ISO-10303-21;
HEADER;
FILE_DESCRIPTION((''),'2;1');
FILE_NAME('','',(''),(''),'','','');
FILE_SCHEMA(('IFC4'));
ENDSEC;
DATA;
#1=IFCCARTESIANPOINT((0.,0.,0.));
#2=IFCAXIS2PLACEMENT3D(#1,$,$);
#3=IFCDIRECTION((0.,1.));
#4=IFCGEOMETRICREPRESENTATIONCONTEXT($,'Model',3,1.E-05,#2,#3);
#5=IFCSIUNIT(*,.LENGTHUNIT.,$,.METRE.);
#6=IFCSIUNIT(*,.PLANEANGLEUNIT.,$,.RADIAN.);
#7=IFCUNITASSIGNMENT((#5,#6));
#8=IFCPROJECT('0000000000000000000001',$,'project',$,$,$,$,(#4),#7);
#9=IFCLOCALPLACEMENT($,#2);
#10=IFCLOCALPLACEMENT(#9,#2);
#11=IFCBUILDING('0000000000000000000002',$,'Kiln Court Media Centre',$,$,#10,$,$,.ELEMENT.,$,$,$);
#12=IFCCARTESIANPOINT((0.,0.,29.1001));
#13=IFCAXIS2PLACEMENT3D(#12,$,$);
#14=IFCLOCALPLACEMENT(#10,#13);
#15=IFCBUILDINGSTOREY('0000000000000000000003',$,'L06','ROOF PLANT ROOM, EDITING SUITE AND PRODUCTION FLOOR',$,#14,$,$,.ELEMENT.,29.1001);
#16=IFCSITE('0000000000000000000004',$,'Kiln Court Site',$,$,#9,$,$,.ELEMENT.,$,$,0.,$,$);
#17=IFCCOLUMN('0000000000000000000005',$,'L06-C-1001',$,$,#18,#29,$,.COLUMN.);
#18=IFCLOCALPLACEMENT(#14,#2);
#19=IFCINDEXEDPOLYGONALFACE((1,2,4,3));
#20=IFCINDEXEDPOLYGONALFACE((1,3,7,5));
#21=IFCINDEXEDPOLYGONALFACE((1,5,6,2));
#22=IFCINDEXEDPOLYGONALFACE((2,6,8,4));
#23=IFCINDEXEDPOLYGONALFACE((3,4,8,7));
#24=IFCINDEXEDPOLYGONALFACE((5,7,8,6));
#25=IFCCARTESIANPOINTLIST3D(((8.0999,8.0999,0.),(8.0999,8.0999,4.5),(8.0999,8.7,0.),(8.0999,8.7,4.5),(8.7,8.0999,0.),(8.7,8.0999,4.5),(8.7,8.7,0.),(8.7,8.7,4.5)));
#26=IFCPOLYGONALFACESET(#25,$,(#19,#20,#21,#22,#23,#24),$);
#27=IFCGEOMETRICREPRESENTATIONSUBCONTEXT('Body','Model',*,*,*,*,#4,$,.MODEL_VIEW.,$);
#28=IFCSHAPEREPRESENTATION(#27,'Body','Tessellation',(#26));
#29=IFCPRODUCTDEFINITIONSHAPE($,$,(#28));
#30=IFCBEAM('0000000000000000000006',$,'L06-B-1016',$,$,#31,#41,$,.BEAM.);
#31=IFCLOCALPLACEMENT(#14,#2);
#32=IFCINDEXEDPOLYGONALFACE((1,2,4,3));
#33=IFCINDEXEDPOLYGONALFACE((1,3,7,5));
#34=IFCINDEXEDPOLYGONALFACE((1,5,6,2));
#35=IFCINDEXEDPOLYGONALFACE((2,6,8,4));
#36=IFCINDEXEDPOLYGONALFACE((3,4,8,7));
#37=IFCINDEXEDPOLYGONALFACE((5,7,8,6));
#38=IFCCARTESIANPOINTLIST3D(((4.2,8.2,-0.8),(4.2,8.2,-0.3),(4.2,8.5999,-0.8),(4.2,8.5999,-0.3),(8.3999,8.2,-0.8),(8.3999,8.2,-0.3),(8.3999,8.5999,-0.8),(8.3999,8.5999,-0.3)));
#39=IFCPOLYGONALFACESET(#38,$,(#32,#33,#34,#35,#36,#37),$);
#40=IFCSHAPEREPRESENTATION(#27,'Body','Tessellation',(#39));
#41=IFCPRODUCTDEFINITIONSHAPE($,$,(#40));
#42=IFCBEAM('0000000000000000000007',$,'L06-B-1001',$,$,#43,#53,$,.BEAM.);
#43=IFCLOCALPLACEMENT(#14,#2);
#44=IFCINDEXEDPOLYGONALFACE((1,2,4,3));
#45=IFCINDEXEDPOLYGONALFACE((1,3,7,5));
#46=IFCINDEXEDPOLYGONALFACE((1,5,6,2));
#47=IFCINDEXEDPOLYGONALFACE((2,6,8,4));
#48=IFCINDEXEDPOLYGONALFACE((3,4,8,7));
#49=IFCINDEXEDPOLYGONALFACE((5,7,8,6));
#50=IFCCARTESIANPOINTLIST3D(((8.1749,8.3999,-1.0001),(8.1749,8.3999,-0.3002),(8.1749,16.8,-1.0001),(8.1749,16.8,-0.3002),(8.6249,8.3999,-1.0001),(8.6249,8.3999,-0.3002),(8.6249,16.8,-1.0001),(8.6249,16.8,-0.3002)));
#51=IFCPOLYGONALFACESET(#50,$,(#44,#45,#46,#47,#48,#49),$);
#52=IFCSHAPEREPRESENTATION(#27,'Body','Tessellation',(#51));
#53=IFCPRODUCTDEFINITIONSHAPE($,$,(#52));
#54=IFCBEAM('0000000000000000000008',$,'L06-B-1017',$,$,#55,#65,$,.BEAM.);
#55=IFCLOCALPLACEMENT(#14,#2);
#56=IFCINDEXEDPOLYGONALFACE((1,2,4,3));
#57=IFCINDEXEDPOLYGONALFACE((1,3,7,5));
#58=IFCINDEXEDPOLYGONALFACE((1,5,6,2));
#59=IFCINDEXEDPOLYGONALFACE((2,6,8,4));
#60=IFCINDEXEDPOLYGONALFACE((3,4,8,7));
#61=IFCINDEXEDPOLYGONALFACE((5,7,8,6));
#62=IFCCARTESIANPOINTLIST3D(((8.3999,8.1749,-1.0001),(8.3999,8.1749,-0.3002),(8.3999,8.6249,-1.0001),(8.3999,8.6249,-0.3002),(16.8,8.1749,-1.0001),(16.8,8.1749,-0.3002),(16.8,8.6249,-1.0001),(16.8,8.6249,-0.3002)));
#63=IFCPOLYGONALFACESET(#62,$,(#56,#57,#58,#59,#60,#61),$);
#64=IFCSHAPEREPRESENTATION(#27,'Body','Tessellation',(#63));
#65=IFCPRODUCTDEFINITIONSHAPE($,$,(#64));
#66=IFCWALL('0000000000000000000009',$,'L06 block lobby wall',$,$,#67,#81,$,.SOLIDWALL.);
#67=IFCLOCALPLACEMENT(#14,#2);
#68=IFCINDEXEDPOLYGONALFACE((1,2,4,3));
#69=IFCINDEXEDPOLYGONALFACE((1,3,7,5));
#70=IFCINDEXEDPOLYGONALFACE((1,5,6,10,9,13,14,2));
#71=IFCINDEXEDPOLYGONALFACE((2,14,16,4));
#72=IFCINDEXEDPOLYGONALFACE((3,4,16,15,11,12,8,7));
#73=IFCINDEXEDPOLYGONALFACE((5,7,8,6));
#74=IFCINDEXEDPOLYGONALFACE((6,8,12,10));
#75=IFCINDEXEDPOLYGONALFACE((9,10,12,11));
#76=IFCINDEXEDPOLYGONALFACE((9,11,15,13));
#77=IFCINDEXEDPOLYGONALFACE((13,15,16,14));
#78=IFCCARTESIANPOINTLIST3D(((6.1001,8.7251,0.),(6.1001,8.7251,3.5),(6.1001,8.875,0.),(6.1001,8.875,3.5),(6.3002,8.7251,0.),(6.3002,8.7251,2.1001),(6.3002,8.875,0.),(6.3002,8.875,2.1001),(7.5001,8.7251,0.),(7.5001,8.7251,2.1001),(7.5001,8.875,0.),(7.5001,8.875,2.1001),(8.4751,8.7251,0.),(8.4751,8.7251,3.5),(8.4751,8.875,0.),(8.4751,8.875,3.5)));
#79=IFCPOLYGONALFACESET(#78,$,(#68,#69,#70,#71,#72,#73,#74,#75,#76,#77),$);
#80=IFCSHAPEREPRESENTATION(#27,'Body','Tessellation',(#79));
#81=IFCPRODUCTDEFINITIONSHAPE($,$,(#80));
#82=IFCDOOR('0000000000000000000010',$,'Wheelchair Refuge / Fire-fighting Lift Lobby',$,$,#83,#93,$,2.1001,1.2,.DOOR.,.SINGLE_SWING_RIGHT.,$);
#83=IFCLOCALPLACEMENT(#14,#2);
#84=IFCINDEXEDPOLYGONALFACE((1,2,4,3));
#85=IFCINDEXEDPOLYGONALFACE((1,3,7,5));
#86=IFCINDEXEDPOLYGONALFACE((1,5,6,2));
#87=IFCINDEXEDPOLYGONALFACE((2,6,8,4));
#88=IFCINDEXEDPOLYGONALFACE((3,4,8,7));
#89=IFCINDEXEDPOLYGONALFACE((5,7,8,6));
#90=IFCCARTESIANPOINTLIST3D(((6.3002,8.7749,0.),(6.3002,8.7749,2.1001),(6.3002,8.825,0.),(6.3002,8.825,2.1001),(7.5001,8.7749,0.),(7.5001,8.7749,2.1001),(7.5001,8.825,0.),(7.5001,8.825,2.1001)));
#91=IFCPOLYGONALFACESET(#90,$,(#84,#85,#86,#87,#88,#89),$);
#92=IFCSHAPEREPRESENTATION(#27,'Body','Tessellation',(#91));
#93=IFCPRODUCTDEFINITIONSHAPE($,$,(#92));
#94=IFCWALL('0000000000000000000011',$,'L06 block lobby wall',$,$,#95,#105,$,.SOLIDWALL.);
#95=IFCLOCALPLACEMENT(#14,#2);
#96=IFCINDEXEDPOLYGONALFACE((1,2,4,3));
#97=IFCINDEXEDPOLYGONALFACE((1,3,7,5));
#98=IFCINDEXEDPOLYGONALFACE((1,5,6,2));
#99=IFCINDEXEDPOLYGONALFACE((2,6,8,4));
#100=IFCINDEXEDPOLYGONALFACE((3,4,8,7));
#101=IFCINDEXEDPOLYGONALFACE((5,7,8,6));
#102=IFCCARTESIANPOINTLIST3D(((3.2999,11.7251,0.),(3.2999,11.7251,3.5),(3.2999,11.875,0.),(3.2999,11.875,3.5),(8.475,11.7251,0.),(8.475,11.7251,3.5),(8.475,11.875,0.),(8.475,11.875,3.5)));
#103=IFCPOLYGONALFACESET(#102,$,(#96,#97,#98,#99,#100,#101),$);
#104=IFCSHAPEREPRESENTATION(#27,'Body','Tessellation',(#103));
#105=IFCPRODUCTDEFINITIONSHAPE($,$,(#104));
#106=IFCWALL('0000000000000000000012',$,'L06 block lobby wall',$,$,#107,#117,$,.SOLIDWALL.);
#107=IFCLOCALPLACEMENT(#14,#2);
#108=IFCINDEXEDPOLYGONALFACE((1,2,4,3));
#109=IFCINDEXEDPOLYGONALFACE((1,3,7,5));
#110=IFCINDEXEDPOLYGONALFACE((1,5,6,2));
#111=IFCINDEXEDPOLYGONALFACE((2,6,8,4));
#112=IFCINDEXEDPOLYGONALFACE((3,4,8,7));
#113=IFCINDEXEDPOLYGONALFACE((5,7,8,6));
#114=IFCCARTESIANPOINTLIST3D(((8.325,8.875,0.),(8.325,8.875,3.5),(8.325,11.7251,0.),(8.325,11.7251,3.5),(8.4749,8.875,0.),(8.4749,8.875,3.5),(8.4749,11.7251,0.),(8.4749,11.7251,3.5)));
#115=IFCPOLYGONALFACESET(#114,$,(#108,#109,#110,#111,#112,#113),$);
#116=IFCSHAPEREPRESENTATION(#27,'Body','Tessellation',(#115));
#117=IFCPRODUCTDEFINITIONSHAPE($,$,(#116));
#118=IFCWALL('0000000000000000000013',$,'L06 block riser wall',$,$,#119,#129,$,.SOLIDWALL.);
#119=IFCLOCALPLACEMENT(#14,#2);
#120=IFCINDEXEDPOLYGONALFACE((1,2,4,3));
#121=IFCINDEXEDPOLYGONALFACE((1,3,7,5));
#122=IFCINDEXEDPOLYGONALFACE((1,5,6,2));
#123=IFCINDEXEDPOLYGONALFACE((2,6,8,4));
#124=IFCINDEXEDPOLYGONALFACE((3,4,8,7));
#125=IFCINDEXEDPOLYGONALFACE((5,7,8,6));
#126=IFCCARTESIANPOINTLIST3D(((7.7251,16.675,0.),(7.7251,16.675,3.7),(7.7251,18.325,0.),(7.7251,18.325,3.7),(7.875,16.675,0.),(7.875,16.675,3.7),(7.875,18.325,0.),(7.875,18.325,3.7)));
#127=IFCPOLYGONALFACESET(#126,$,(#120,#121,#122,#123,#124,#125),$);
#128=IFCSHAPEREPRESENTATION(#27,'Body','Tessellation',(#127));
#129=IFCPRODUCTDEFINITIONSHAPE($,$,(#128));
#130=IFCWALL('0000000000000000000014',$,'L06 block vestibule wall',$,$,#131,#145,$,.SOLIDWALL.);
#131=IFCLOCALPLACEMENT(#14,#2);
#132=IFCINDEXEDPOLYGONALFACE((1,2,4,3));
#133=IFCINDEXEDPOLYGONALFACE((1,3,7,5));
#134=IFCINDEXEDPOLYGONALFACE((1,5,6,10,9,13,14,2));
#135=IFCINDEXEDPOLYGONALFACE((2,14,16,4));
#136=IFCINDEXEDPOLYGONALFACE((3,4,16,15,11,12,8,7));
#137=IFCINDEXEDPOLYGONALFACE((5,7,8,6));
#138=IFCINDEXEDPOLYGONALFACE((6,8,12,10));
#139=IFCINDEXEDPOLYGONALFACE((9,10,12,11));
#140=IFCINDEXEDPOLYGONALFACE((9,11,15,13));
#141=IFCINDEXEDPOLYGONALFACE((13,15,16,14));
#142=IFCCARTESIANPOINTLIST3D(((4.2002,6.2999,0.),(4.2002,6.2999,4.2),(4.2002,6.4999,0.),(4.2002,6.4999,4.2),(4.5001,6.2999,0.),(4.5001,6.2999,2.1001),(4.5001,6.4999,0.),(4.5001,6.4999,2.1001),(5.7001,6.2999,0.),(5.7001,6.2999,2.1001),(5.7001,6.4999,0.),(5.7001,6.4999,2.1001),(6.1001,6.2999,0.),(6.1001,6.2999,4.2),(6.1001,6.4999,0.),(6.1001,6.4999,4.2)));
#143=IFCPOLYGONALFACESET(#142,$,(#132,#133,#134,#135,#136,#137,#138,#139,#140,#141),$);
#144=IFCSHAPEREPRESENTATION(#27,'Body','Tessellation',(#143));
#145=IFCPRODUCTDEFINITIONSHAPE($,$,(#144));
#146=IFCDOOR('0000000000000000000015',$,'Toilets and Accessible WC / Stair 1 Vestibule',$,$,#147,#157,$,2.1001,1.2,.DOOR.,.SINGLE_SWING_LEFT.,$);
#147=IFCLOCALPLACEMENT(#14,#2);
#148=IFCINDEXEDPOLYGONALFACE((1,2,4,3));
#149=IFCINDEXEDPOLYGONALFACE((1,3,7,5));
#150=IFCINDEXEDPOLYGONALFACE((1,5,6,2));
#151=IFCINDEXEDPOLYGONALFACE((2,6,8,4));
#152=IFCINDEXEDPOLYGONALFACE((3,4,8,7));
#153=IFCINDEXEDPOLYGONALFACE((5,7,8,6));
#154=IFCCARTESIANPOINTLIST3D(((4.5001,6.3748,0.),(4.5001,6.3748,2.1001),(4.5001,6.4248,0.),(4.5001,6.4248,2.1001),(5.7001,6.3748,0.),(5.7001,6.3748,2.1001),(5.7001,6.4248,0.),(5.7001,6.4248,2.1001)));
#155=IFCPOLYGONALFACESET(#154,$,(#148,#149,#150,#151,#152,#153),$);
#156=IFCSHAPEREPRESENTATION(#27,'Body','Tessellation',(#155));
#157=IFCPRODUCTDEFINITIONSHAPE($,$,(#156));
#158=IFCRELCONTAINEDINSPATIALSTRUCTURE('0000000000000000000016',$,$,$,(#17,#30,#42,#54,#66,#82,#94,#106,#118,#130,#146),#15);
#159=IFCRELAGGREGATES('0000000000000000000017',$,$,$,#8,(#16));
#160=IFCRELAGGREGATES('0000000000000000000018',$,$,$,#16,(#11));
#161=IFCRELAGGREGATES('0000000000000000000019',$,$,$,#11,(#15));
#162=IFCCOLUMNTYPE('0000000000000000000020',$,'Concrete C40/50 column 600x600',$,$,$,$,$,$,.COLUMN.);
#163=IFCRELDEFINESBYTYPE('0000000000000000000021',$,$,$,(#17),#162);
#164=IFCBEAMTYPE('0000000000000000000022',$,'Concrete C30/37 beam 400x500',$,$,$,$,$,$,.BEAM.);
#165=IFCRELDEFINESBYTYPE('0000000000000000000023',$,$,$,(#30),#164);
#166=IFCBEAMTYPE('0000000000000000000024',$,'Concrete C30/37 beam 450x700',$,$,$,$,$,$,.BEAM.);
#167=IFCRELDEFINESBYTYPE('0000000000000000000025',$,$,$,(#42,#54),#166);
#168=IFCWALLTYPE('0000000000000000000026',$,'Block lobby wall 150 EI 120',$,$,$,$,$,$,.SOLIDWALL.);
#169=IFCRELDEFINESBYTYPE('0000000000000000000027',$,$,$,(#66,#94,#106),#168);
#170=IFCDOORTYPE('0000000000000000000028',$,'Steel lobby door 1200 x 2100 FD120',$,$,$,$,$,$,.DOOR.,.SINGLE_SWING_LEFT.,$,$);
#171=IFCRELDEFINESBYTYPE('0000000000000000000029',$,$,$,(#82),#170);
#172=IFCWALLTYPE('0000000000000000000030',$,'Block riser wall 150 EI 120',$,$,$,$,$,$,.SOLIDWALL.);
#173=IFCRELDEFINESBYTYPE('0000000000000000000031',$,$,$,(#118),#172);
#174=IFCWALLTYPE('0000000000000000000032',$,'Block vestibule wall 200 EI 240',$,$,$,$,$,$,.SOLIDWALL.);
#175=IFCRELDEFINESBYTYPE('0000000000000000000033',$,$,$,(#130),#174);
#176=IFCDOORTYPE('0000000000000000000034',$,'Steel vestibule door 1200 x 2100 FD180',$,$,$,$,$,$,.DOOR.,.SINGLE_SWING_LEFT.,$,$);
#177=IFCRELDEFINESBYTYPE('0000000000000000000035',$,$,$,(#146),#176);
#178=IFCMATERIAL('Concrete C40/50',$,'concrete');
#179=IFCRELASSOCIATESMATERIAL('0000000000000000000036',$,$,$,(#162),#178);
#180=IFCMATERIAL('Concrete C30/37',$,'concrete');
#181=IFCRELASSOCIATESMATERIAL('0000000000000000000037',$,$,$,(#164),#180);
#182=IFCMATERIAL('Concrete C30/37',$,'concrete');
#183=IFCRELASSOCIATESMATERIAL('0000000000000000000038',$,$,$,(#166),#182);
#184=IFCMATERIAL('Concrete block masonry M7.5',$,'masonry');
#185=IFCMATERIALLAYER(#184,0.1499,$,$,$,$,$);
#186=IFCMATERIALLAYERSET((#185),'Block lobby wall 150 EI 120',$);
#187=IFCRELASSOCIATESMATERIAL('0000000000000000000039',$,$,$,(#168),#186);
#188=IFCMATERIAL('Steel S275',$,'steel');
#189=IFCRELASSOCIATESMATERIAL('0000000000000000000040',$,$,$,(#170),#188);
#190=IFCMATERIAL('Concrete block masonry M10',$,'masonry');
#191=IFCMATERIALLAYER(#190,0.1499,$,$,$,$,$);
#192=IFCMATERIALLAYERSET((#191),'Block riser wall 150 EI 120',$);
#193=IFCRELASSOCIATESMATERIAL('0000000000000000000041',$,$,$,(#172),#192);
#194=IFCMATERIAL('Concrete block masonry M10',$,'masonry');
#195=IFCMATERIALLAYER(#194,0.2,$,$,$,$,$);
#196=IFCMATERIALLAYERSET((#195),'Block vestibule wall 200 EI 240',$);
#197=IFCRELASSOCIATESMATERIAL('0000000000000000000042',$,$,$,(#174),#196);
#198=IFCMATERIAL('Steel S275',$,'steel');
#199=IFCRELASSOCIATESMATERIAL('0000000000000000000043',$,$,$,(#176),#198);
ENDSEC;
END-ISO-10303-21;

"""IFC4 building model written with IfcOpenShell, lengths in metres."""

from ifc_helpers import new_model, si_unit, direction, frame, frame_2d, origin, origin_2d, place, context, subcontext, project, spatial, rectangle, extrude, material, layer, layer_set, material_profile, profile_set, type_object, element, fill, save


model = new_model("IFC4")

# Units and contexts
model_context = context("Model", 3, precision=1e-05, world=origin(), true_north=direction((0.0, 1.0)))
body_context = subcontext(model_context, "Body", "Model", "MODEL_VIEW")
ifc_project = project(units=[si_unit("LENGTHUNIT", "METRE"), si_unit("PLANEANGLEUNIT", "RADIAN")], contexts=[model_context])

# Site, building, storey
site_placement = place(None, origin())
site = spatial("IfcSite", under=ifc_project, at=site_placement, Name="Kiln Court Site", CompositionType="ELEMENT", RefElevation=0.0)
building_placement = place(site_placement, origin())
building = spatial("IfcBuilding", under=site, at=building_placement, Name="Kiln Court Media Centre", CompositionType="ELEMENT")
storey_placement = place(building_placement, frame((0.0, 0.0, 29.1001)))
storey = spatial("IfcBuildingStorey", under=building, at=storey_placement, Name="L06", Description="ROOF PLANT ROOM, EDITING SUITE AND PRODUCTION FLOOR", CompositionType="ELEMENT", Elevation=29.1001)

# Column
ifc_material_1 = material(Name="Concrete C40/50", Category="concrete")
ifc_material_profile_1 = material_profile(ifc_material_1, rectangle(XDim=0.6001, YDim=0.6001, at=origin_2d()), Name="RC 600x600")
ifc_profile_set_1 = profile_set([ifc_material_profile_1], Name="Concrete C40/50")
column_type = type_object("IfcColumnType", Name="Concrete C40/50 column 600x600", PredefinedType="COLUMN", material=ifc_profile_set_1)
column_placement = place(storey_placement, frame((8.3999, 8.3999, 0.0), z_axis=(0.0, 0.0, 1.0), x_axis=(1.0, 0.0, 0.0)))
element("IfcColumn", 1, at=column_placement, inside=storey, type_object=column_type, Name="L06-C-1001", PredefinedType="COLUMN", context=body_context, shape_type="SweptSolid", body=[
    extrude(rectangle(XDim=0.6001, YDim=0.6001, at=origin_2d()), origin(), (0.0, 0.0, 1.0), 4.5),
])

# Beams
ifc_material_2 = material(Name="Concrete C30/37", Category="concrete")
ifc_material_profile_2 = material_profile(ifc_material_2, rectangle(XDim=0.3999, YDim=0.5, at=origin_2d()), Name="RC 400x500")
ifc_profile_set_2 = profile_set([ifc_material_profile_2], Name="Concrete C30/37")
beam_type_1 = type_object("IfcBeamType", Name="Concrete C30/37 beam 400x500", PredefinedType="BEAM", material=ifc_profile_set_2)
beam_placement = place(storey_placement, frame((4.2, 8.3999, -0.55), z_axis=(1.0, 0.0, 0.0), x_axis=(0.0, 1.0, 0.0)))
element("IfcBeam", 2, at=beam_placement, inside=storey, type_object=beam_type_1, Name="L06-B-1016", PredefinedType="BEAM", context=body_context, shape_type="SweptSolid", body=[
    extrude(rectangle(XDim=0.3999, YDim=0.5, at=origin_2d()), origin(), (0.0, 0.0, 1.0), 4.2),
])
ifc_material_3 = material(Name="Concrete C30/37", Category="concrete")
ifc_material_profile_3 = material_profile(ifc_material_3, rectangle(XDim=0.45, YDim=0.7, at=origin_2d()), Name="RC 450x700")
ifc_profile_set_3 = profile_set([ifc_material_profile_3], Name="Concrete C30/37")
beam_type_2 = type_object("IfcBeamType", Name="Concrete C30/37 beam 450x700", PredefinedType="BEAM", material=ifc_profile_set_3)
for number, where, z_axis, x_axis, name in (
    (3, (8.3999, 8.3999, -0.6501), (0.0, 1.0, 0.0), (-1.0, 0.0, 0.0), "L06-B-1001"),
    (4, (8.3999, 8.3999, -0.6501), (1.0, 0.0, 0.0), (0.0, 1.0, 0.0), "L06-B-1017"),
):
    element("IfcBeam", number, at=place(storey_placement, frame(where, z_axis=z_axis, x_axis=x_axis)), inside=storey, type_object=beam_type_2, Name=name, PredefinedType="BEAM", context=body_context, shape_type="SweptSolid", body=[
        extrude(rectangle(XDim=0.45, YDim=0.7, at=origin_2d()), origin(), (0.0, 0.0, 1.0), 8.4001),
    ])

# Wall, opening, door
ifc_material_4 = material(Name="Concrete block masonry M7.5", Category="masonry")
ifc_layer_1 = layer(ifc_material_4, 0.1499)
ifc_layer_set_1 = layer_set([ifc_layer_1], Name="Block lobby wall 150 EI 120")
wall_type_1 = type_object("IfcWallType", Name="Block lobby wall 150 EI 120", PredefinedType="SOLIDWALL", material=ifc_layer_set_1)
wall_1_placement = place(storey_placement, frame((6.1001, 8.8, 0.0), z_axis=(0.0, 0.0, 1.0), x_axis=(1.0, 0.0, 0.0)))
wall_1 = element("IfcWall", 5, at=wall_1_placement, inside=storey, type_object=wall_type_1, Name="L06 block lobby wall", PredefinedType="SOLIDWALL", context=body_context, shape_type="SweptSolid", body=[
    extrude(rectangle(XDim=2.375, YDim=0.1499, at=frame_2d((1.1875, 0.0))), origin(), (0.0, 0.0, 1.0), 3.5),
])
opening_1_placement = place(wall_1_placement, frame((0.2, 0.0, 0.0)))
opening_1 = element("IfcOpeningElement", 6, at=opening_1_placement, cuts=wall_1, PredefinedType="OPENING", context=body_context, shape_type="SweptSolid", body=[
    extrude(rectangle(XDim=1.2, YDim=2.1001, at=frame_2d((0.6001, 1.05))), frame((0.0, 0.085, 0.0), z_axis=(0.0, -1.0, 0.0), x_axis=(1.0, 0.0, 0.0)), (0.0, 0.0, 1.0), 0.1699),
])
ifc_material_5 = material(Name="Steel S275", Category="steel")
door_type_1 = type_object("IfcDoorType", Name="Steel lobby door 1200 x 2100 FD120", OperationType="SINGLE_SWING_LEFT", PredefinedType="DOOR", material=ifc_material_5)
door_1_placement = place(opening_1_placement, origin())
door_1 = element("IfcDoor", 7, at=door_1_placement, inside=storey, type_object=door_type_1, Name="Wheelchair Refuge / Fire-fighting Lift Lobby", OperationType="SINGLE_SWING_RIGHT", OverallHeight=2.1001, OverallWidth=1.2, PredefinedType="DOOR", context=body_context, shape_type="SweptSolid", body=[
    extrude(rectangle(XDim=1.2, YDim=2.1001, at=frame_2d((0.6001, 1.05))), frame((0.0, 0.0249, 0.0), z_axis=(0.0, -1.0, 0.0), x_axis=(1.0, 0.0, 0.0)), (0.0, 0.0, 1.0), 0.05),
])
fill(opening_1, door_1)

# Walls
wall_2_placement = place(storey_placement, frame((3.3, 11.8, 0.0), z_axis=(0.0, 0.0, 1.0), x_axis=(1.0, 0.0, 0.0)))
element("IfcWall", 8, at=wall_2_placement, inside=storey, type_object=wall_type_1, Name="L06 block lobby wall", PredefinedType="SOLIDWALL", context=body_context, shape_type="SweptSolid", body=[
    extrude(rectangle(XDim=5.175, YDim=0.1499, at=frame_2d((2.5874, 0.0))), origin(), (0.0, 0.0, 1.0), 3.5),
])
wall_3_placement = place(storey_placement, frame((8.3999, 8.875, 0.0), z_axis=(0.0, 0.0, 1.0), x_axis=(0.0, 1.0, 0.0)))
element("IfcWall", 9, at=wall_3_placement, inside=storey, type_object=wall_type_1, Name="L06 block lobby wall", PredefinedType="SOLIDWALL", context=body_context, shape_type="SweptSolid", body=[
    extrude(rectangle(XDim=2.8501, YDim=0.1499, at=frame_2d((1.425, 0.0))), origin(), (0.0, 0.0, 1.0), 3.5),
])
ifc_material_6 = material(Name="Concrete block masonry M10", Category="masonry")
ifc_layer_2 = layer(ifc_material_6, 0.1499)
ifc_layer_set_2 = layer_set([ifc_layer_2], Name="Block riser wall 150 EI 120")
wall_type_2 = type_object("IfcWallType", Name="Block riser wall 150 EI 120", PredefinedType="SOLIDWALL", material=ifc_layer_set_2)
wall_4_placement = place(storey_placement, frame((7.8, 16.675, 0.0), z_axis=(0.0, 0.0, 1.0), x_axis=(0.0, 1.0, 0.0)))
element("IfcWall", 10, at=wall_4_placement, inside=storey, type_object=wall_type_2, Name="L06 block riser wall", PredefinedType="SOLIDWALL", context=body_context, shape_type="SweptSolid", body=[
    extrude(rectangle(XDim=1.6499, YDim=0.1499, at=frame_2d((0.825, 0.0))), origin(), (0.0, 0.0, 1.0), 3.7),
])

# Wall, opening, door
ifc_material_7 = material(Name="Concrete block masonry M10", Category="masonry")
ifc_layer_3 = layer(ifc_material_7, 0.2)
ifc_layer_set_3 = layer_set([ifc_layer_3], Name="Block vestibule wall 200 EI 240")
wall_type_3 = type_object("IfcWallType", Name="Block vestibule wall 200 EI 240", PredefinedType="SOLIDWALL", material=ifc_layer_set_3)
wall_5_placement = place(storey_placement, frame((4.2002, 6.3999, 0.0), z_axis=(0.0, 0.0, 1.0), x_axis=(1.0, 0.0, 0.0)))
wall_5 = element("IfcWall", 11, at=wall_5_placement, inside=storey, type_object=wall_type_3, Name="L06 block vestibule wall", PredefinedType="SOLIDWALL", context=body_context, shape_type="SweptSolid", body=[
    extrude(rectangle(XDim=1.8999, YDim=0.2, at=frame_2d((0.95, 0.0))), origin(), (0.0, 0.0, 1.0), 4.2),
])
opening_2_placement = place(wall_5_placement, frame((0.2998, 0.0, 0.0)))
opening_2 = element("IfcOpeningElement", 12, at=opening_2_placement, cuts=wall_5, PredefinedType="OPENING", context=body_context, shape_type="SweptSolid", body=[
    extrude(rectangle(XDim=1.2, YDim=2.1001, at=frame_2d((0.6001, 1.05))), frame((0.0, 0.1099, 0.0), z_axis=(0.0, -1.0, 0.0), x_axis=(1.0, 0.0, 0.0)), (0.0, 0.0, 1.0), 0.22),
])
ifc_material_8 = material(Name="Steel S275", Category="steel")
door_type_2 = type_object("IfcDoorType", Name="Steel vestibule door 1200 x 2100 FD180", OperationType="SINGLE_SWING_LEFT", PredefinedType="DOOR", material=ifc_material_8)
door_2_placement = place(opening_2_placement, origin())
door_2 = element("IfcDoor", 13, at=door_2_placement, inside=storey, type_object=door_type_2, Name="Toilets and Accessible WC / Stair 1 Vestibule", OperationType="SINGLE_SWING_LEFT", OverallHeight=2.1001, OverallWidth=1.2, PredefinedType="DOOR", context=body_context, shape_type="SweptSolid", body=[
    extrude(rectangle(XDim=1.2, YDim=2.1001, at=frame_2d((0.6001, 1.05))), frame((0.0, 0.0249, 0.0), z_axis=(0.0, -1.0, 0.0), x_axis=(1.0, 0.0, 0.0)), (0.0, 0.0, 1.0), 0.05),
])
fill(opening_2, door_2)

save(model, "model.ifc")
